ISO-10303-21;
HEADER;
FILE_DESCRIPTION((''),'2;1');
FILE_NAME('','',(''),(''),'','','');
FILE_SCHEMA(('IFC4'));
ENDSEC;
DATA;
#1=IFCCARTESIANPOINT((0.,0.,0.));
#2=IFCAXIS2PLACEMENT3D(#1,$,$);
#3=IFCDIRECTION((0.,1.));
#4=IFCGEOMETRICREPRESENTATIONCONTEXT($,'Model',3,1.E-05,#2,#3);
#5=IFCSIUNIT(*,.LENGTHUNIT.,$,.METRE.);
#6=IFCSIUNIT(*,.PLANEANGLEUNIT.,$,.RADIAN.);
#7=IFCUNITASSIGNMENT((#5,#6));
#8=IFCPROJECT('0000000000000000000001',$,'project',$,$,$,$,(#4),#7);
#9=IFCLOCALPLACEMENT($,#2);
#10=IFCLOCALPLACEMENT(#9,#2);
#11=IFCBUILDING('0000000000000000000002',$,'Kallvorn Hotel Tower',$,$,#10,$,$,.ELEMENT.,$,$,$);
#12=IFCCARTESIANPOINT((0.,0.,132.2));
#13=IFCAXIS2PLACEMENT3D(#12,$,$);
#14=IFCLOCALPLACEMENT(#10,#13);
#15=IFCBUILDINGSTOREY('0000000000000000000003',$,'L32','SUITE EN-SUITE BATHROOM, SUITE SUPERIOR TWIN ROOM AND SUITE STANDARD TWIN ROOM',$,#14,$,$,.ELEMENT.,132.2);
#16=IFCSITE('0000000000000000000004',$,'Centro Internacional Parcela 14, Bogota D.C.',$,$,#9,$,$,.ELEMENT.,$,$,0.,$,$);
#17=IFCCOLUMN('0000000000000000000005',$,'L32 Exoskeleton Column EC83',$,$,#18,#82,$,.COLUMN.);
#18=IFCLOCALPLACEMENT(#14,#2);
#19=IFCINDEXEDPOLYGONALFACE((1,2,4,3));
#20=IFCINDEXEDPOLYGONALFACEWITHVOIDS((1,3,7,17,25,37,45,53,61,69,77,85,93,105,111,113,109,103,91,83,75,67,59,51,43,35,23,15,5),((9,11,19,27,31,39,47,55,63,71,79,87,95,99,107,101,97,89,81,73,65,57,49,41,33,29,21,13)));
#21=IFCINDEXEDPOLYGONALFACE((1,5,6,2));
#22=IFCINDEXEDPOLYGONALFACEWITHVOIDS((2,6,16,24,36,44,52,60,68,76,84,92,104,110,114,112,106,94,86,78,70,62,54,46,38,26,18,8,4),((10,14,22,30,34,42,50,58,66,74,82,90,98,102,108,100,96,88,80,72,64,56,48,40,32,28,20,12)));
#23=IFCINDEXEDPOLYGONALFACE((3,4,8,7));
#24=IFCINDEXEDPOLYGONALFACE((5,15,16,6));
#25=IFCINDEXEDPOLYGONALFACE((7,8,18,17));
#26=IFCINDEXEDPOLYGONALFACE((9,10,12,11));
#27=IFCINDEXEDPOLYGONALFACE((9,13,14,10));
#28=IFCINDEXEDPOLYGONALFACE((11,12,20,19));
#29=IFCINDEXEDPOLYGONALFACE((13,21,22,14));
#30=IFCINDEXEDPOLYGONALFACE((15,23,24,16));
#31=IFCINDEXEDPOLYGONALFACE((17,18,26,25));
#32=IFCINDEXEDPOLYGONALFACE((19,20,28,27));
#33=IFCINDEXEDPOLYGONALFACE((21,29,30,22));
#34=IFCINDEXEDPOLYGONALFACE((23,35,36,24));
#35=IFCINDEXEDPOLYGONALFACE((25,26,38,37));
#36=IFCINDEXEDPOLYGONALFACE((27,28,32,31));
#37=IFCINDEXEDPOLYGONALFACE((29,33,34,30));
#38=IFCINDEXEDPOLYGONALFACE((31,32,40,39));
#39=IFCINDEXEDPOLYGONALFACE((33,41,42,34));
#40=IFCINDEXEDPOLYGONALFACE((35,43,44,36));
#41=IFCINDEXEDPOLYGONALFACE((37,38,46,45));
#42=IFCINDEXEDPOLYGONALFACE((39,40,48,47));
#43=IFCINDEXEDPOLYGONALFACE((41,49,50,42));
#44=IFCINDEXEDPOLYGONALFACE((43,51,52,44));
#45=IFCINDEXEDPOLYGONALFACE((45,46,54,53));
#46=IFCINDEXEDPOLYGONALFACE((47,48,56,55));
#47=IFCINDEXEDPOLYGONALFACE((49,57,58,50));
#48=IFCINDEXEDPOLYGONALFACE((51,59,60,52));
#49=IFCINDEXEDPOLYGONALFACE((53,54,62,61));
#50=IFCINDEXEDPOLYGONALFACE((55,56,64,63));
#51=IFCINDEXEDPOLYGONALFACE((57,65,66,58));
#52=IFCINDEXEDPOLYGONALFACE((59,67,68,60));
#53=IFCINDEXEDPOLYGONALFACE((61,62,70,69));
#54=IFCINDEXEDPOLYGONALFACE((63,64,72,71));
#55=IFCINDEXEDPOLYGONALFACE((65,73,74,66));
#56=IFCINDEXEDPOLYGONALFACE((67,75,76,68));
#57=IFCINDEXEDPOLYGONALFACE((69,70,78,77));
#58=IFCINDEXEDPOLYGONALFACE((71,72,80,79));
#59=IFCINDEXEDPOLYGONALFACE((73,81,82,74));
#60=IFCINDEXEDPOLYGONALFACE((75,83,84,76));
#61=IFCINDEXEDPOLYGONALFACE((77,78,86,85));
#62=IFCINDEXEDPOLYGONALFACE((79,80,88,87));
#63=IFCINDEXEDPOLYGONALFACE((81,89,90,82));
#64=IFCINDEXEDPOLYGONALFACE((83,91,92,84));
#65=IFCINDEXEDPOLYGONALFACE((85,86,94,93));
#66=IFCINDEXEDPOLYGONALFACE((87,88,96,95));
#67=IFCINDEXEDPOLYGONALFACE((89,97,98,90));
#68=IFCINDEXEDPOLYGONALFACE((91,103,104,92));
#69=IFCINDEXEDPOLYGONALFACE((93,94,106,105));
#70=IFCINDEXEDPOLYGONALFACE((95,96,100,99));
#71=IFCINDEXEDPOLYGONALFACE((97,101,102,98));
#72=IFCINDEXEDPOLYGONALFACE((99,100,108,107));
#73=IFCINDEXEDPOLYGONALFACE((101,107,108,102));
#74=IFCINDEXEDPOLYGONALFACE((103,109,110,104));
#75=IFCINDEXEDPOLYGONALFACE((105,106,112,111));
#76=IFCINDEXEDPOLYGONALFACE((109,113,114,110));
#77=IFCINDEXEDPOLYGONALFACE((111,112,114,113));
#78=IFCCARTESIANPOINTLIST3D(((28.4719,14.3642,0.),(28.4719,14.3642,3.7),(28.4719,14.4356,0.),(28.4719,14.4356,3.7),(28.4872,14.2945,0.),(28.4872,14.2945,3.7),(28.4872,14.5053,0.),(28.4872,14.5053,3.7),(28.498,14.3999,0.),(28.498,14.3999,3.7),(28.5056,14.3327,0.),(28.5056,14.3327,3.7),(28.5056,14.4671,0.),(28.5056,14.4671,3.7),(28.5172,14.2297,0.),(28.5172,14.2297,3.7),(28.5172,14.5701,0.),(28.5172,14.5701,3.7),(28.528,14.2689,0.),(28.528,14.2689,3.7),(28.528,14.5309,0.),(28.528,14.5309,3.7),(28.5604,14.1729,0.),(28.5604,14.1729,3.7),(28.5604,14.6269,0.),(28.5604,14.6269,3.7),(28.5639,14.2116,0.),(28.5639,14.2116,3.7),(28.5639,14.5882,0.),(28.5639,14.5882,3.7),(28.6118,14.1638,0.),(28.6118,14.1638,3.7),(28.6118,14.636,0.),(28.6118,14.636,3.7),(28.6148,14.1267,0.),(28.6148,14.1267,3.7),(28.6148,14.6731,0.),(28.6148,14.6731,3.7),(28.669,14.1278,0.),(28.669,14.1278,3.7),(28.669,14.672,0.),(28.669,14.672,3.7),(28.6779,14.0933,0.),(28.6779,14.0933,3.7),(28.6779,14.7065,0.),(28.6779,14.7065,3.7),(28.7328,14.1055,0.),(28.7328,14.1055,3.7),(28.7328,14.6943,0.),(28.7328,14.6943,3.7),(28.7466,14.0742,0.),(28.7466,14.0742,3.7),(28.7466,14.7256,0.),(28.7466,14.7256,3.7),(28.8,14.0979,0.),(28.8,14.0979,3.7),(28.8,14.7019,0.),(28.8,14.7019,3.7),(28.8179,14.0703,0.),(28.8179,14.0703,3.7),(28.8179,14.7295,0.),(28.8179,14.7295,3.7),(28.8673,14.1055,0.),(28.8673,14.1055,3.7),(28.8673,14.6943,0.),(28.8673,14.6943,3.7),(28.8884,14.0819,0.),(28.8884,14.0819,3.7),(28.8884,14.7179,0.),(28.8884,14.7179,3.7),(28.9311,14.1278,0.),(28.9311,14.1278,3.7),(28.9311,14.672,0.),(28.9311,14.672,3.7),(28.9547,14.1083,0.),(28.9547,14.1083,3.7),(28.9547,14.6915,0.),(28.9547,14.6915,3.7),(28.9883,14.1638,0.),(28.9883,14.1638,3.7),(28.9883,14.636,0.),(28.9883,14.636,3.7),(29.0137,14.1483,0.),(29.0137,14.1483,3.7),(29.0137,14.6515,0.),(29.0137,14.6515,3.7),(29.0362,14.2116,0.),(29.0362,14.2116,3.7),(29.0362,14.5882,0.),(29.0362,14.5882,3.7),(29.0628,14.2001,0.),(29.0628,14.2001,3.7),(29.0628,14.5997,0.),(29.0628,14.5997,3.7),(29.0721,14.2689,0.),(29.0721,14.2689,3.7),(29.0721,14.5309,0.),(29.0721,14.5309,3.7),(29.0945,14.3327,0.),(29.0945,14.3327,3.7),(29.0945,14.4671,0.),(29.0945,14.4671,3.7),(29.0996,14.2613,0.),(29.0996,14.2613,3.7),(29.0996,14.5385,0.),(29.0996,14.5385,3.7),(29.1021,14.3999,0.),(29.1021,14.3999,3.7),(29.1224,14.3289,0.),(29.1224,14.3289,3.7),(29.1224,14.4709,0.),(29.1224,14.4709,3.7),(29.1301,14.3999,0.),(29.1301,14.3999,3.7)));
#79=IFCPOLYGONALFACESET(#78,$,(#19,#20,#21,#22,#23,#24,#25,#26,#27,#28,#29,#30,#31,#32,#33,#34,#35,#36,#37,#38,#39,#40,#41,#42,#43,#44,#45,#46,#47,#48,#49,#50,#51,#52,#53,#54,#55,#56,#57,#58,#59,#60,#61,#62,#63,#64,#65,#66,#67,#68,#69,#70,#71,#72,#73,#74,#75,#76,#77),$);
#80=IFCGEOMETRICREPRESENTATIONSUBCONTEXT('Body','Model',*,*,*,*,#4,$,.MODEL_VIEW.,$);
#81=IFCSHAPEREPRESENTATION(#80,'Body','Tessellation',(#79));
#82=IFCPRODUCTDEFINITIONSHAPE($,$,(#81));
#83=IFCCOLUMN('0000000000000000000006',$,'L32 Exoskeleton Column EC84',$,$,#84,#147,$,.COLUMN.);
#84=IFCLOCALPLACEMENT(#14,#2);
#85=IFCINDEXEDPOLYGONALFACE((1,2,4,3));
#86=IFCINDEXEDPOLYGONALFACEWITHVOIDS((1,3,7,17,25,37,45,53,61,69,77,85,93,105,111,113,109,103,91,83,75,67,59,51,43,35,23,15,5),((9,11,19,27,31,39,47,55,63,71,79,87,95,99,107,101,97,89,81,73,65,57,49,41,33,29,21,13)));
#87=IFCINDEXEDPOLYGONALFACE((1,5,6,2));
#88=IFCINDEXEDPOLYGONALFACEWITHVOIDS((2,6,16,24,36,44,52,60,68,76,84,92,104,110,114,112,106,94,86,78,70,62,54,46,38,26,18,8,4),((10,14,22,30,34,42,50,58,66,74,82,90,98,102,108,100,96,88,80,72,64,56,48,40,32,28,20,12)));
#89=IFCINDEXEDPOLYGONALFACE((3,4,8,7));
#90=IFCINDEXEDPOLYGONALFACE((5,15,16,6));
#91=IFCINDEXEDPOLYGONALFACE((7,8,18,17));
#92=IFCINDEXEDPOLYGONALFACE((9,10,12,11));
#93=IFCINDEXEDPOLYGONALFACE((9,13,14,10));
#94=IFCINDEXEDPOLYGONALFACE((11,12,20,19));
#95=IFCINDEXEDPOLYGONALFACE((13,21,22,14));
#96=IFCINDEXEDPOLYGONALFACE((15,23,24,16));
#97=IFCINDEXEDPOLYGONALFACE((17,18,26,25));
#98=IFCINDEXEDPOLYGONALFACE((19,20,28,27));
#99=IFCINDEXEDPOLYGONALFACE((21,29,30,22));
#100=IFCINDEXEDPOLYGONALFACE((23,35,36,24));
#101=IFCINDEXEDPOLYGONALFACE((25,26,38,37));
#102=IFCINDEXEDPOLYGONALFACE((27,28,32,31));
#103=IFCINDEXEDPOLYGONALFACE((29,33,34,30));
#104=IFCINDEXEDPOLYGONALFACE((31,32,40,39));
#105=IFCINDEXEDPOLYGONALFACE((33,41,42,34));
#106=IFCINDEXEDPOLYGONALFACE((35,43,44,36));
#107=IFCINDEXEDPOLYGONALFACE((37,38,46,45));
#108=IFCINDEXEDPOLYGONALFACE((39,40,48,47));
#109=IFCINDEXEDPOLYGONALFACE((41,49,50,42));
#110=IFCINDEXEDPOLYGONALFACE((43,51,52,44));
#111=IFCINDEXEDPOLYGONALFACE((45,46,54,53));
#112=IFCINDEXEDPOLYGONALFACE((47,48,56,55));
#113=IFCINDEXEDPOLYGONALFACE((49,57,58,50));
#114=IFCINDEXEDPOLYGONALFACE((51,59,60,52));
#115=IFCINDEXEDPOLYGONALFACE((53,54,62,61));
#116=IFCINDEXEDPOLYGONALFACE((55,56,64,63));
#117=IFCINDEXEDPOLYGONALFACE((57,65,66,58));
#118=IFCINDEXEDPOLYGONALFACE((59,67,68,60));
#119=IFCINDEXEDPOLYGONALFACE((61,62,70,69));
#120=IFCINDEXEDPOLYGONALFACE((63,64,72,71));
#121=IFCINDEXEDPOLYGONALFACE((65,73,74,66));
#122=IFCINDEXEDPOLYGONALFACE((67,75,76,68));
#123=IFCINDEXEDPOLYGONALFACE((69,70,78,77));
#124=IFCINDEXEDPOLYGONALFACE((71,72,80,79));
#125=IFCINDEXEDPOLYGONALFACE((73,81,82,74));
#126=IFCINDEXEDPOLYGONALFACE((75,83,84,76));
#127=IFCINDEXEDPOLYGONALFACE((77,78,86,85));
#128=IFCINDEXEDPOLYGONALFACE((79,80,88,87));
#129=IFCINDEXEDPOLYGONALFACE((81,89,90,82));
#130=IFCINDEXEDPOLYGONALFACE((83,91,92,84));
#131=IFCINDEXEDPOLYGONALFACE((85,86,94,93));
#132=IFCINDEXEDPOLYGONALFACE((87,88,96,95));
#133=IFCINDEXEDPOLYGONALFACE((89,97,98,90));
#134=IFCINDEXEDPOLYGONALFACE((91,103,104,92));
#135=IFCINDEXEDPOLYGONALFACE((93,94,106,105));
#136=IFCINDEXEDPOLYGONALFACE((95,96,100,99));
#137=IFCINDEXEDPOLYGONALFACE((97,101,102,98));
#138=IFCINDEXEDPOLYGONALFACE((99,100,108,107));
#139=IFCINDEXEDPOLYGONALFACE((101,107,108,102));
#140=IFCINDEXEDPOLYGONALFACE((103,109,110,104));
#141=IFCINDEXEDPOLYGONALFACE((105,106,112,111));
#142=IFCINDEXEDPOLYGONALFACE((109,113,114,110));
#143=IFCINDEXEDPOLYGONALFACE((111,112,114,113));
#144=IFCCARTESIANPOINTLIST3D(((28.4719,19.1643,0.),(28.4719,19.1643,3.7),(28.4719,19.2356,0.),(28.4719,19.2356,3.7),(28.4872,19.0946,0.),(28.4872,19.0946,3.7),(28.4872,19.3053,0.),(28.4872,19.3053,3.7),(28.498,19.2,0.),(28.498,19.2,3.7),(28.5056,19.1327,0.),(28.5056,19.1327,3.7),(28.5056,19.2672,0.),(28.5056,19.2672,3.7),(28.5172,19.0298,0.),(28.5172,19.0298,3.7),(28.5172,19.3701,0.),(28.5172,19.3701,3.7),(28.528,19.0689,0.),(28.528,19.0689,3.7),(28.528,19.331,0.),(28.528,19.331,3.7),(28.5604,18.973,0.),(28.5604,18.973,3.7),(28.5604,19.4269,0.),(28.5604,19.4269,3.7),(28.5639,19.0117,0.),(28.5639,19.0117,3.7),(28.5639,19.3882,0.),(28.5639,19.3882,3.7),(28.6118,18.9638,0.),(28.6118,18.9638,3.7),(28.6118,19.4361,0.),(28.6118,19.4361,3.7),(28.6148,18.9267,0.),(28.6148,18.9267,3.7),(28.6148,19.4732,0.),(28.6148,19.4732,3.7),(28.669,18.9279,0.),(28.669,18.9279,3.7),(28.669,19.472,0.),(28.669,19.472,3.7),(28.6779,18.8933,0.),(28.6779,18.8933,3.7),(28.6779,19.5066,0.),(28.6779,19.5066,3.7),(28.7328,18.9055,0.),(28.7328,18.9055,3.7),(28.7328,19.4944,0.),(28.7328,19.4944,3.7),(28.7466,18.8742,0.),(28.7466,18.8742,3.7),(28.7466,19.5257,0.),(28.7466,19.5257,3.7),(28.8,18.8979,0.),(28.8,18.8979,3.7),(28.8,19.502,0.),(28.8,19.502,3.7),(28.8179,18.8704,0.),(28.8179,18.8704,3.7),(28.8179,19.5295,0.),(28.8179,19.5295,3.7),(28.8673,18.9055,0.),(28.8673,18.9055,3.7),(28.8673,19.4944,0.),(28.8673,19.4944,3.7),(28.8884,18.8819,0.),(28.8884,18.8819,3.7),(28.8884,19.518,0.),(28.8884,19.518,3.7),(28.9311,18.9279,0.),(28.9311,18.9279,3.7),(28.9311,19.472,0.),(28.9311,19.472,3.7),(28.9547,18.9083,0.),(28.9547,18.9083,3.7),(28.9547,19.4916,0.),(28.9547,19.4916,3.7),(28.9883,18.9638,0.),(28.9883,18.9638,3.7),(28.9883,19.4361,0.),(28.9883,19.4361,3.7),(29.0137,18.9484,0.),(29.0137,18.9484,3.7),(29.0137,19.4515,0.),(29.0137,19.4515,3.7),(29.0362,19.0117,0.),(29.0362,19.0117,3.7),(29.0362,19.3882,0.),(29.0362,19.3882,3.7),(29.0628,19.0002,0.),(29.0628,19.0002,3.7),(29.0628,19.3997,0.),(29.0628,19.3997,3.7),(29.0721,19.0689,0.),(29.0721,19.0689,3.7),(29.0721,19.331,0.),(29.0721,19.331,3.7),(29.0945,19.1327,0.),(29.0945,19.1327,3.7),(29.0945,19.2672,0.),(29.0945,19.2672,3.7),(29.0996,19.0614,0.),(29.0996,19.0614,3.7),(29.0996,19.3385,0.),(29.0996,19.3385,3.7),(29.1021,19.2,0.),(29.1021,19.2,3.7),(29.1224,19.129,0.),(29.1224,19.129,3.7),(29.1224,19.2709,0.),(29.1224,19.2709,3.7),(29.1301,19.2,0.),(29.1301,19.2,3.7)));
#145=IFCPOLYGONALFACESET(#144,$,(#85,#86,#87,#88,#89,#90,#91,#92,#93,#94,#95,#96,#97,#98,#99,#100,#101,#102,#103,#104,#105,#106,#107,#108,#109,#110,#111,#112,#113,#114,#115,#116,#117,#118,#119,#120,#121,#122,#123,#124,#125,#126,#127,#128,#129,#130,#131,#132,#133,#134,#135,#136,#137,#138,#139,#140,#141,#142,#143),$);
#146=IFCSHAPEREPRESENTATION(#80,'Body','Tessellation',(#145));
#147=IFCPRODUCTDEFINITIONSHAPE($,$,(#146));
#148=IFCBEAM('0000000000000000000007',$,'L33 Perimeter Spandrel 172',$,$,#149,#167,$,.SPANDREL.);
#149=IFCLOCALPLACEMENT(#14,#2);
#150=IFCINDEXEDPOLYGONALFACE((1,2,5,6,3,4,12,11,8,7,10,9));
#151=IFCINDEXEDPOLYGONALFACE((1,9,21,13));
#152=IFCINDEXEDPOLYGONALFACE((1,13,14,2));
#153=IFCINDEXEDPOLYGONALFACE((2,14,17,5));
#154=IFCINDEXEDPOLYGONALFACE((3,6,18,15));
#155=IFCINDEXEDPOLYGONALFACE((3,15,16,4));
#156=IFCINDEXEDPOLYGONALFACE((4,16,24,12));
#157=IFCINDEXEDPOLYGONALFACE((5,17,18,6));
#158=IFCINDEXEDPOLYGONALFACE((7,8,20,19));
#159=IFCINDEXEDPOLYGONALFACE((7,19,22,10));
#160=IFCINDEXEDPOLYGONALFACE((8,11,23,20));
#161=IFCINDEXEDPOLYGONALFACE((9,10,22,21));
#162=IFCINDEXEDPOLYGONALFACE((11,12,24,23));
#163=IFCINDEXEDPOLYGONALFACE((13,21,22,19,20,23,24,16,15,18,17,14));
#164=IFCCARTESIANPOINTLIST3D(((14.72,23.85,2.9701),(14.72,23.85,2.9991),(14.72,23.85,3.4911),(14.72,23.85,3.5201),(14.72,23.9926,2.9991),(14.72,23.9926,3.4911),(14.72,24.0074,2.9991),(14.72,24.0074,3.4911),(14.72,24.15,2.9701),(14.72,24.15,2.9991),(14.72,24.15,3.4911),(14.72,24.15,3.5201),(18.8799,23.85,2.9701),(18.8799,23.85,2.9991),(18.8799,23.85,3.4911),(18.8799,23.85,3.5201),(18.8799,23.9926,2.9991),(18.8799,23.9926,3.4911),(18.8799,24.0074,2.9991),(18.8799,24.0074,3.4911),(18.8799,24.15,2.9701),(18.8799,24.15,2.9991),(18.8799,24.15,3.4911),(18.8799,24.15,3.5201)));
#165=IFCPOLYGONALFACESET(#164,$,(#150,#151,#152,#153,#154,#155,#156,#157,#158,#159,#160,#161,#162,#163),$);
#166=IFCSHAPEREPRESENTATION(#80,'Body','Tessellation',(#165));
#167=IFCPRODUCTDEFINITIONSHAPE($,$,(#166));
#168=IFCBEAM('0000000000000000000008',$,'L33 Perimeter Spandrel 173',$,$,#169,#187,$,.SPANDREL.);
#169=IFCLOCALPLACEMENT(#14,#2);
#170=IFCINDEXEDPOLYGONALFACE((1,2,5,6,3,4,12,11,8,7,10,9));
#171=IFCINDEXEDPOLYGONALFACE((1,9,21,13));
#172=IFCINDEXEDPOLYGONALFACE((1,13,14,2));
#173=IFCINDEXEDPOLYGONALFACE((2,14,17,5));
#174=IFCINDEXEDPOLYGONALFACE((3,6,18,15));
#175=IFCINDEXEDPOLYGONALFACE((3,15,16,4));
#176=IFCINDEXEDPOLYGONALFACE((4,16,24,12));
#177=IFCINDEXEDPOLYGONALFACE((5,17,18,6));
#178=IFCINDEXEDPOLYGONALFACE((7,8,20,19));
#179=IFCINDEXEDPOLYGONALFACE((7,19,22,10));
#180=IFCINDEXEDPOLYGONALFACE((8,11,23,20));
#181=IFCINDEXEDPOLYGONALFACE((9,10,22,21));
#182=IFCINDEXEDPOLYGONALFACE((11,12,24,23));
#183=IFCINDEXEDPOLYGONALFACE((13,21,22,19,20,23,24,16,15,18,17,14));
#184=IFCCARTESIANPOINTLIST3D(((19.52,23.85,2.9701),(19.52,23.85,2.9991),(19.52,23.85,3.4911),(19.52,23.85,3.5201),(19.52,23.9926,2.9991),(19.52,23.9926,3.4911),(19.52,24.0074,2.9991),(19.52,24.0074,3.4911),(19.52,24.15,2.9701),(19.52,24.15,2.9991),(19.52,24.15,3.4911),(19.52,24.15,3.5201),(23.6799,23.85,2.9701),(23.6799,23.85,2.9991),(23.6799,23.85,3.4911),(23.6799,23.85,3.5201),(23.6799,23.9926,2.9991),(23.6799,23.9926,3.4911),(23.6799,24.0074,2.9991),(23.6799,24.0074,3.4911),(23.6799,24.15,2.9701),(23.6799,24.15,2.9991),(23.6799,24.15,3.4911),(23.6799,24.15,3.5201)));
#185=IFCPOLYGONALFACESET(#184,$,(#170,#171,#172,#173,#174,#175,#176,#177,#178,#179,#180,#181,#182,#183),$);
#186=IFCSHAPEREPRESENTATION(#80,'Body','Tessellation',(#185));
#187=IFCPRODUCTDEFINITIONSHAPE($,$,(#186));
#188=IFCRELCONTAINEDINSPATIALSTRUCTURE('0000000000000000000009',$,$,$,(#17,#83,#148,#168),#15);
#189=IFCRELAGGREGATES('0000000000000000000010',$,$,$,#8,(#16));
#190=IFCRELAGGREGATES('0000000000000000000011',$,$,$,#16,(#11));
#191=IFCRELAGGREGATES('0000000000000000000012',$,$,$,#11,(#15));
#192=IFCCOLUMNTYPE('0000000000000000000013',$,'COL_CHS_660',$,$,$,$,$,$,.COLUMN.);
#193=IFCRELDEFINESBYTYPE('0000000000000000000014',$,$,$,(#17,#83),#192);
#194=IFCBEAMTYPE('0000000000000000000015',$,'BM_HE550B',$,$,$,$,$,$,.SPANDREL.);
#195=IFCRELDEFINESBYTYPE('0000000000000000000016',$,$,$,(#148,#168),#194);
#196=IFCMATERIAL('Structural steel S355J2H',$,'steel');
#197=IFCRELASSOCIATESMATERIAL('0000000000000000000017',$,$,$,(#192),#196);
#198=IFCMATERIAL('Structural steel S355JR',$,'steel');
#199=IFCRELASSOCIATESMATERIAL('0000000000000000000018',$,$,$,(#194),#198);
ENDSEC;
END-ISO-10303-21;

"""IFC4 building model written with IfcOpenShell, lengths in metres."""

from ifc_helpers import new_model, si_unit, direction, frame, origin, origin_2d, place, context, subcontext, project, spatial, hollow_circle, i_section, extrude, material, material_profile, profile_set, type_object, element, save


model = new_model("IFC4")

# Units and contexts
model_context = context("Model", 3, precision=1e-05, world=origin(), true_north=direction((0.0, 1.0)))
body_context = subcontext(model_context, "Body", "Model", "MODEL_VIEW")
ifc_project = project(units=[si_unit("LENGTHUNIT", "METRE"), si_unit("PLANEANGLEUNIT", "RADIAN")], contexts=[model_context])

# Site, building, storey
site_placement = place(None, origin())
site = spatial("IfcSite", under=ifc_project, at=site_placement, Name="Centro Internacional Parcela 14, Bogota D.C.", CompositionType="ELEMENT", RefElevation=0.0)
building_placement = place(site_placement, origin())
building = spatial("IfcBuilding", under=site, at=building_placement, Name="Kallvorn Hotel Tower", CompositionType="ELEMENT")
storey_placement = place(building_placement, frame((0.0, 0.0, 132.2)))
storey = spatial("IfcBuildingStorey", under=building, at=storey_placement, Name="L32", Description="SUITE EN-SUITE BATHROOM, SUITE SUPERIOR TWIN ROOM AND SUITE STANDARD TWIN ROOM", CompositionType="ELEMENT", Elevation=132.2)

# Columns
ifc_material_1 = material(Name="Structural steel S355J2H", Category="steel")
ifc_material_profile_1 = material_profile(ifc_material_1, hollow_circle(Radius=0.3301, WallThickness=0.0281, at=origin_2d()), Name="CHS 660x28")
ifc_profile_set_1 = profile_set([ifc_material_profile_1], Name="Structural steel S355J2H")
column_type = type_object("IfcColumnType", Name="COL_CHS_660", PredefinedType="COLUMN", material=ifc_profile_set_1)
for number, where, z_axis, x_axis, name in (
    (1, (28.8, 14.3999, 0.0), (0.0, 0.0, 1.0), (1.0, 0.0, 0.0), "L32 Exoskeleton Column EC83"),
    (2, (28.8, 19.2, 0.0), (0.0, 0.0, 1.0), (1.0, 0.0, 0.0), "L32 Exoskeleton Column EC84"),
):
    element("IfcColumn", number, at=place(storey_placement, frame(where, z_axis=z_axis, x_axis=x_axis)), inside=storey, type_object=column_type, Name=name, PredefinedType="COLUMN", context=body_context, shape_type="SweptSolid", body=[
        extrude(hollow_circle(Radius=0.3301, WallThickness=0.0281, at=origin_2d()), origin(), (0.0, 0.0, 1.0), 3.7),
    ])

# Beams
ifc_material_2 = material(Name="Structural steel S355JR", Category="steel")
ifc_material_profile_2 = material_profile(ifc_material_2, i_section(OverallWidth=0.3, OverallDepth=0.55, WebThickness=0.0149, FlangeThickness=0.0291, at=origin_2d()), Name="HE 550 B")
ifc_profile_set_2 = profile_set([ifc_material_profile_2], Name="Structural steel S355JR")
beam_type_1 = type_object("IfcBeamType", Name="BM_HE550B", PredefinedType="SPANDREL", material=ifc_profile_set_2)
for number, where, z_axis, x_axis, name in (
    (3, (14.72, 24.0, 3.2451), (1.0, 0.0, 0.0), (0.0, 1.0, 0.0), "L33 Perimeter Spandrel 172"),
    (4, (19.52, 24.0, 3.2451), (1.0, 0.0, 0.0), (0.0, 1.0, 0.0), "L33 Perimeter Spandrel 173"),
):
    element("IfcBeam", number, at=place(storey_placement, frame(where, z_axis=z_axis, x_axis=x_axis)), inside=storey, type_object=beam_type_1, Name=name, PredefinedType="SPANDREL", context=body_context, shape_type="SweptSolid", body=[
        extrude(i_section(OverallWidth=0.3, OverallDepth=0.55, WebThickness=0.0149, FlangeThickness=0.0291, at=origin_2d()), origin(), (0.0, 0.0, 1.0), 4.1599),
    ])

save(model, "model.ifc")
